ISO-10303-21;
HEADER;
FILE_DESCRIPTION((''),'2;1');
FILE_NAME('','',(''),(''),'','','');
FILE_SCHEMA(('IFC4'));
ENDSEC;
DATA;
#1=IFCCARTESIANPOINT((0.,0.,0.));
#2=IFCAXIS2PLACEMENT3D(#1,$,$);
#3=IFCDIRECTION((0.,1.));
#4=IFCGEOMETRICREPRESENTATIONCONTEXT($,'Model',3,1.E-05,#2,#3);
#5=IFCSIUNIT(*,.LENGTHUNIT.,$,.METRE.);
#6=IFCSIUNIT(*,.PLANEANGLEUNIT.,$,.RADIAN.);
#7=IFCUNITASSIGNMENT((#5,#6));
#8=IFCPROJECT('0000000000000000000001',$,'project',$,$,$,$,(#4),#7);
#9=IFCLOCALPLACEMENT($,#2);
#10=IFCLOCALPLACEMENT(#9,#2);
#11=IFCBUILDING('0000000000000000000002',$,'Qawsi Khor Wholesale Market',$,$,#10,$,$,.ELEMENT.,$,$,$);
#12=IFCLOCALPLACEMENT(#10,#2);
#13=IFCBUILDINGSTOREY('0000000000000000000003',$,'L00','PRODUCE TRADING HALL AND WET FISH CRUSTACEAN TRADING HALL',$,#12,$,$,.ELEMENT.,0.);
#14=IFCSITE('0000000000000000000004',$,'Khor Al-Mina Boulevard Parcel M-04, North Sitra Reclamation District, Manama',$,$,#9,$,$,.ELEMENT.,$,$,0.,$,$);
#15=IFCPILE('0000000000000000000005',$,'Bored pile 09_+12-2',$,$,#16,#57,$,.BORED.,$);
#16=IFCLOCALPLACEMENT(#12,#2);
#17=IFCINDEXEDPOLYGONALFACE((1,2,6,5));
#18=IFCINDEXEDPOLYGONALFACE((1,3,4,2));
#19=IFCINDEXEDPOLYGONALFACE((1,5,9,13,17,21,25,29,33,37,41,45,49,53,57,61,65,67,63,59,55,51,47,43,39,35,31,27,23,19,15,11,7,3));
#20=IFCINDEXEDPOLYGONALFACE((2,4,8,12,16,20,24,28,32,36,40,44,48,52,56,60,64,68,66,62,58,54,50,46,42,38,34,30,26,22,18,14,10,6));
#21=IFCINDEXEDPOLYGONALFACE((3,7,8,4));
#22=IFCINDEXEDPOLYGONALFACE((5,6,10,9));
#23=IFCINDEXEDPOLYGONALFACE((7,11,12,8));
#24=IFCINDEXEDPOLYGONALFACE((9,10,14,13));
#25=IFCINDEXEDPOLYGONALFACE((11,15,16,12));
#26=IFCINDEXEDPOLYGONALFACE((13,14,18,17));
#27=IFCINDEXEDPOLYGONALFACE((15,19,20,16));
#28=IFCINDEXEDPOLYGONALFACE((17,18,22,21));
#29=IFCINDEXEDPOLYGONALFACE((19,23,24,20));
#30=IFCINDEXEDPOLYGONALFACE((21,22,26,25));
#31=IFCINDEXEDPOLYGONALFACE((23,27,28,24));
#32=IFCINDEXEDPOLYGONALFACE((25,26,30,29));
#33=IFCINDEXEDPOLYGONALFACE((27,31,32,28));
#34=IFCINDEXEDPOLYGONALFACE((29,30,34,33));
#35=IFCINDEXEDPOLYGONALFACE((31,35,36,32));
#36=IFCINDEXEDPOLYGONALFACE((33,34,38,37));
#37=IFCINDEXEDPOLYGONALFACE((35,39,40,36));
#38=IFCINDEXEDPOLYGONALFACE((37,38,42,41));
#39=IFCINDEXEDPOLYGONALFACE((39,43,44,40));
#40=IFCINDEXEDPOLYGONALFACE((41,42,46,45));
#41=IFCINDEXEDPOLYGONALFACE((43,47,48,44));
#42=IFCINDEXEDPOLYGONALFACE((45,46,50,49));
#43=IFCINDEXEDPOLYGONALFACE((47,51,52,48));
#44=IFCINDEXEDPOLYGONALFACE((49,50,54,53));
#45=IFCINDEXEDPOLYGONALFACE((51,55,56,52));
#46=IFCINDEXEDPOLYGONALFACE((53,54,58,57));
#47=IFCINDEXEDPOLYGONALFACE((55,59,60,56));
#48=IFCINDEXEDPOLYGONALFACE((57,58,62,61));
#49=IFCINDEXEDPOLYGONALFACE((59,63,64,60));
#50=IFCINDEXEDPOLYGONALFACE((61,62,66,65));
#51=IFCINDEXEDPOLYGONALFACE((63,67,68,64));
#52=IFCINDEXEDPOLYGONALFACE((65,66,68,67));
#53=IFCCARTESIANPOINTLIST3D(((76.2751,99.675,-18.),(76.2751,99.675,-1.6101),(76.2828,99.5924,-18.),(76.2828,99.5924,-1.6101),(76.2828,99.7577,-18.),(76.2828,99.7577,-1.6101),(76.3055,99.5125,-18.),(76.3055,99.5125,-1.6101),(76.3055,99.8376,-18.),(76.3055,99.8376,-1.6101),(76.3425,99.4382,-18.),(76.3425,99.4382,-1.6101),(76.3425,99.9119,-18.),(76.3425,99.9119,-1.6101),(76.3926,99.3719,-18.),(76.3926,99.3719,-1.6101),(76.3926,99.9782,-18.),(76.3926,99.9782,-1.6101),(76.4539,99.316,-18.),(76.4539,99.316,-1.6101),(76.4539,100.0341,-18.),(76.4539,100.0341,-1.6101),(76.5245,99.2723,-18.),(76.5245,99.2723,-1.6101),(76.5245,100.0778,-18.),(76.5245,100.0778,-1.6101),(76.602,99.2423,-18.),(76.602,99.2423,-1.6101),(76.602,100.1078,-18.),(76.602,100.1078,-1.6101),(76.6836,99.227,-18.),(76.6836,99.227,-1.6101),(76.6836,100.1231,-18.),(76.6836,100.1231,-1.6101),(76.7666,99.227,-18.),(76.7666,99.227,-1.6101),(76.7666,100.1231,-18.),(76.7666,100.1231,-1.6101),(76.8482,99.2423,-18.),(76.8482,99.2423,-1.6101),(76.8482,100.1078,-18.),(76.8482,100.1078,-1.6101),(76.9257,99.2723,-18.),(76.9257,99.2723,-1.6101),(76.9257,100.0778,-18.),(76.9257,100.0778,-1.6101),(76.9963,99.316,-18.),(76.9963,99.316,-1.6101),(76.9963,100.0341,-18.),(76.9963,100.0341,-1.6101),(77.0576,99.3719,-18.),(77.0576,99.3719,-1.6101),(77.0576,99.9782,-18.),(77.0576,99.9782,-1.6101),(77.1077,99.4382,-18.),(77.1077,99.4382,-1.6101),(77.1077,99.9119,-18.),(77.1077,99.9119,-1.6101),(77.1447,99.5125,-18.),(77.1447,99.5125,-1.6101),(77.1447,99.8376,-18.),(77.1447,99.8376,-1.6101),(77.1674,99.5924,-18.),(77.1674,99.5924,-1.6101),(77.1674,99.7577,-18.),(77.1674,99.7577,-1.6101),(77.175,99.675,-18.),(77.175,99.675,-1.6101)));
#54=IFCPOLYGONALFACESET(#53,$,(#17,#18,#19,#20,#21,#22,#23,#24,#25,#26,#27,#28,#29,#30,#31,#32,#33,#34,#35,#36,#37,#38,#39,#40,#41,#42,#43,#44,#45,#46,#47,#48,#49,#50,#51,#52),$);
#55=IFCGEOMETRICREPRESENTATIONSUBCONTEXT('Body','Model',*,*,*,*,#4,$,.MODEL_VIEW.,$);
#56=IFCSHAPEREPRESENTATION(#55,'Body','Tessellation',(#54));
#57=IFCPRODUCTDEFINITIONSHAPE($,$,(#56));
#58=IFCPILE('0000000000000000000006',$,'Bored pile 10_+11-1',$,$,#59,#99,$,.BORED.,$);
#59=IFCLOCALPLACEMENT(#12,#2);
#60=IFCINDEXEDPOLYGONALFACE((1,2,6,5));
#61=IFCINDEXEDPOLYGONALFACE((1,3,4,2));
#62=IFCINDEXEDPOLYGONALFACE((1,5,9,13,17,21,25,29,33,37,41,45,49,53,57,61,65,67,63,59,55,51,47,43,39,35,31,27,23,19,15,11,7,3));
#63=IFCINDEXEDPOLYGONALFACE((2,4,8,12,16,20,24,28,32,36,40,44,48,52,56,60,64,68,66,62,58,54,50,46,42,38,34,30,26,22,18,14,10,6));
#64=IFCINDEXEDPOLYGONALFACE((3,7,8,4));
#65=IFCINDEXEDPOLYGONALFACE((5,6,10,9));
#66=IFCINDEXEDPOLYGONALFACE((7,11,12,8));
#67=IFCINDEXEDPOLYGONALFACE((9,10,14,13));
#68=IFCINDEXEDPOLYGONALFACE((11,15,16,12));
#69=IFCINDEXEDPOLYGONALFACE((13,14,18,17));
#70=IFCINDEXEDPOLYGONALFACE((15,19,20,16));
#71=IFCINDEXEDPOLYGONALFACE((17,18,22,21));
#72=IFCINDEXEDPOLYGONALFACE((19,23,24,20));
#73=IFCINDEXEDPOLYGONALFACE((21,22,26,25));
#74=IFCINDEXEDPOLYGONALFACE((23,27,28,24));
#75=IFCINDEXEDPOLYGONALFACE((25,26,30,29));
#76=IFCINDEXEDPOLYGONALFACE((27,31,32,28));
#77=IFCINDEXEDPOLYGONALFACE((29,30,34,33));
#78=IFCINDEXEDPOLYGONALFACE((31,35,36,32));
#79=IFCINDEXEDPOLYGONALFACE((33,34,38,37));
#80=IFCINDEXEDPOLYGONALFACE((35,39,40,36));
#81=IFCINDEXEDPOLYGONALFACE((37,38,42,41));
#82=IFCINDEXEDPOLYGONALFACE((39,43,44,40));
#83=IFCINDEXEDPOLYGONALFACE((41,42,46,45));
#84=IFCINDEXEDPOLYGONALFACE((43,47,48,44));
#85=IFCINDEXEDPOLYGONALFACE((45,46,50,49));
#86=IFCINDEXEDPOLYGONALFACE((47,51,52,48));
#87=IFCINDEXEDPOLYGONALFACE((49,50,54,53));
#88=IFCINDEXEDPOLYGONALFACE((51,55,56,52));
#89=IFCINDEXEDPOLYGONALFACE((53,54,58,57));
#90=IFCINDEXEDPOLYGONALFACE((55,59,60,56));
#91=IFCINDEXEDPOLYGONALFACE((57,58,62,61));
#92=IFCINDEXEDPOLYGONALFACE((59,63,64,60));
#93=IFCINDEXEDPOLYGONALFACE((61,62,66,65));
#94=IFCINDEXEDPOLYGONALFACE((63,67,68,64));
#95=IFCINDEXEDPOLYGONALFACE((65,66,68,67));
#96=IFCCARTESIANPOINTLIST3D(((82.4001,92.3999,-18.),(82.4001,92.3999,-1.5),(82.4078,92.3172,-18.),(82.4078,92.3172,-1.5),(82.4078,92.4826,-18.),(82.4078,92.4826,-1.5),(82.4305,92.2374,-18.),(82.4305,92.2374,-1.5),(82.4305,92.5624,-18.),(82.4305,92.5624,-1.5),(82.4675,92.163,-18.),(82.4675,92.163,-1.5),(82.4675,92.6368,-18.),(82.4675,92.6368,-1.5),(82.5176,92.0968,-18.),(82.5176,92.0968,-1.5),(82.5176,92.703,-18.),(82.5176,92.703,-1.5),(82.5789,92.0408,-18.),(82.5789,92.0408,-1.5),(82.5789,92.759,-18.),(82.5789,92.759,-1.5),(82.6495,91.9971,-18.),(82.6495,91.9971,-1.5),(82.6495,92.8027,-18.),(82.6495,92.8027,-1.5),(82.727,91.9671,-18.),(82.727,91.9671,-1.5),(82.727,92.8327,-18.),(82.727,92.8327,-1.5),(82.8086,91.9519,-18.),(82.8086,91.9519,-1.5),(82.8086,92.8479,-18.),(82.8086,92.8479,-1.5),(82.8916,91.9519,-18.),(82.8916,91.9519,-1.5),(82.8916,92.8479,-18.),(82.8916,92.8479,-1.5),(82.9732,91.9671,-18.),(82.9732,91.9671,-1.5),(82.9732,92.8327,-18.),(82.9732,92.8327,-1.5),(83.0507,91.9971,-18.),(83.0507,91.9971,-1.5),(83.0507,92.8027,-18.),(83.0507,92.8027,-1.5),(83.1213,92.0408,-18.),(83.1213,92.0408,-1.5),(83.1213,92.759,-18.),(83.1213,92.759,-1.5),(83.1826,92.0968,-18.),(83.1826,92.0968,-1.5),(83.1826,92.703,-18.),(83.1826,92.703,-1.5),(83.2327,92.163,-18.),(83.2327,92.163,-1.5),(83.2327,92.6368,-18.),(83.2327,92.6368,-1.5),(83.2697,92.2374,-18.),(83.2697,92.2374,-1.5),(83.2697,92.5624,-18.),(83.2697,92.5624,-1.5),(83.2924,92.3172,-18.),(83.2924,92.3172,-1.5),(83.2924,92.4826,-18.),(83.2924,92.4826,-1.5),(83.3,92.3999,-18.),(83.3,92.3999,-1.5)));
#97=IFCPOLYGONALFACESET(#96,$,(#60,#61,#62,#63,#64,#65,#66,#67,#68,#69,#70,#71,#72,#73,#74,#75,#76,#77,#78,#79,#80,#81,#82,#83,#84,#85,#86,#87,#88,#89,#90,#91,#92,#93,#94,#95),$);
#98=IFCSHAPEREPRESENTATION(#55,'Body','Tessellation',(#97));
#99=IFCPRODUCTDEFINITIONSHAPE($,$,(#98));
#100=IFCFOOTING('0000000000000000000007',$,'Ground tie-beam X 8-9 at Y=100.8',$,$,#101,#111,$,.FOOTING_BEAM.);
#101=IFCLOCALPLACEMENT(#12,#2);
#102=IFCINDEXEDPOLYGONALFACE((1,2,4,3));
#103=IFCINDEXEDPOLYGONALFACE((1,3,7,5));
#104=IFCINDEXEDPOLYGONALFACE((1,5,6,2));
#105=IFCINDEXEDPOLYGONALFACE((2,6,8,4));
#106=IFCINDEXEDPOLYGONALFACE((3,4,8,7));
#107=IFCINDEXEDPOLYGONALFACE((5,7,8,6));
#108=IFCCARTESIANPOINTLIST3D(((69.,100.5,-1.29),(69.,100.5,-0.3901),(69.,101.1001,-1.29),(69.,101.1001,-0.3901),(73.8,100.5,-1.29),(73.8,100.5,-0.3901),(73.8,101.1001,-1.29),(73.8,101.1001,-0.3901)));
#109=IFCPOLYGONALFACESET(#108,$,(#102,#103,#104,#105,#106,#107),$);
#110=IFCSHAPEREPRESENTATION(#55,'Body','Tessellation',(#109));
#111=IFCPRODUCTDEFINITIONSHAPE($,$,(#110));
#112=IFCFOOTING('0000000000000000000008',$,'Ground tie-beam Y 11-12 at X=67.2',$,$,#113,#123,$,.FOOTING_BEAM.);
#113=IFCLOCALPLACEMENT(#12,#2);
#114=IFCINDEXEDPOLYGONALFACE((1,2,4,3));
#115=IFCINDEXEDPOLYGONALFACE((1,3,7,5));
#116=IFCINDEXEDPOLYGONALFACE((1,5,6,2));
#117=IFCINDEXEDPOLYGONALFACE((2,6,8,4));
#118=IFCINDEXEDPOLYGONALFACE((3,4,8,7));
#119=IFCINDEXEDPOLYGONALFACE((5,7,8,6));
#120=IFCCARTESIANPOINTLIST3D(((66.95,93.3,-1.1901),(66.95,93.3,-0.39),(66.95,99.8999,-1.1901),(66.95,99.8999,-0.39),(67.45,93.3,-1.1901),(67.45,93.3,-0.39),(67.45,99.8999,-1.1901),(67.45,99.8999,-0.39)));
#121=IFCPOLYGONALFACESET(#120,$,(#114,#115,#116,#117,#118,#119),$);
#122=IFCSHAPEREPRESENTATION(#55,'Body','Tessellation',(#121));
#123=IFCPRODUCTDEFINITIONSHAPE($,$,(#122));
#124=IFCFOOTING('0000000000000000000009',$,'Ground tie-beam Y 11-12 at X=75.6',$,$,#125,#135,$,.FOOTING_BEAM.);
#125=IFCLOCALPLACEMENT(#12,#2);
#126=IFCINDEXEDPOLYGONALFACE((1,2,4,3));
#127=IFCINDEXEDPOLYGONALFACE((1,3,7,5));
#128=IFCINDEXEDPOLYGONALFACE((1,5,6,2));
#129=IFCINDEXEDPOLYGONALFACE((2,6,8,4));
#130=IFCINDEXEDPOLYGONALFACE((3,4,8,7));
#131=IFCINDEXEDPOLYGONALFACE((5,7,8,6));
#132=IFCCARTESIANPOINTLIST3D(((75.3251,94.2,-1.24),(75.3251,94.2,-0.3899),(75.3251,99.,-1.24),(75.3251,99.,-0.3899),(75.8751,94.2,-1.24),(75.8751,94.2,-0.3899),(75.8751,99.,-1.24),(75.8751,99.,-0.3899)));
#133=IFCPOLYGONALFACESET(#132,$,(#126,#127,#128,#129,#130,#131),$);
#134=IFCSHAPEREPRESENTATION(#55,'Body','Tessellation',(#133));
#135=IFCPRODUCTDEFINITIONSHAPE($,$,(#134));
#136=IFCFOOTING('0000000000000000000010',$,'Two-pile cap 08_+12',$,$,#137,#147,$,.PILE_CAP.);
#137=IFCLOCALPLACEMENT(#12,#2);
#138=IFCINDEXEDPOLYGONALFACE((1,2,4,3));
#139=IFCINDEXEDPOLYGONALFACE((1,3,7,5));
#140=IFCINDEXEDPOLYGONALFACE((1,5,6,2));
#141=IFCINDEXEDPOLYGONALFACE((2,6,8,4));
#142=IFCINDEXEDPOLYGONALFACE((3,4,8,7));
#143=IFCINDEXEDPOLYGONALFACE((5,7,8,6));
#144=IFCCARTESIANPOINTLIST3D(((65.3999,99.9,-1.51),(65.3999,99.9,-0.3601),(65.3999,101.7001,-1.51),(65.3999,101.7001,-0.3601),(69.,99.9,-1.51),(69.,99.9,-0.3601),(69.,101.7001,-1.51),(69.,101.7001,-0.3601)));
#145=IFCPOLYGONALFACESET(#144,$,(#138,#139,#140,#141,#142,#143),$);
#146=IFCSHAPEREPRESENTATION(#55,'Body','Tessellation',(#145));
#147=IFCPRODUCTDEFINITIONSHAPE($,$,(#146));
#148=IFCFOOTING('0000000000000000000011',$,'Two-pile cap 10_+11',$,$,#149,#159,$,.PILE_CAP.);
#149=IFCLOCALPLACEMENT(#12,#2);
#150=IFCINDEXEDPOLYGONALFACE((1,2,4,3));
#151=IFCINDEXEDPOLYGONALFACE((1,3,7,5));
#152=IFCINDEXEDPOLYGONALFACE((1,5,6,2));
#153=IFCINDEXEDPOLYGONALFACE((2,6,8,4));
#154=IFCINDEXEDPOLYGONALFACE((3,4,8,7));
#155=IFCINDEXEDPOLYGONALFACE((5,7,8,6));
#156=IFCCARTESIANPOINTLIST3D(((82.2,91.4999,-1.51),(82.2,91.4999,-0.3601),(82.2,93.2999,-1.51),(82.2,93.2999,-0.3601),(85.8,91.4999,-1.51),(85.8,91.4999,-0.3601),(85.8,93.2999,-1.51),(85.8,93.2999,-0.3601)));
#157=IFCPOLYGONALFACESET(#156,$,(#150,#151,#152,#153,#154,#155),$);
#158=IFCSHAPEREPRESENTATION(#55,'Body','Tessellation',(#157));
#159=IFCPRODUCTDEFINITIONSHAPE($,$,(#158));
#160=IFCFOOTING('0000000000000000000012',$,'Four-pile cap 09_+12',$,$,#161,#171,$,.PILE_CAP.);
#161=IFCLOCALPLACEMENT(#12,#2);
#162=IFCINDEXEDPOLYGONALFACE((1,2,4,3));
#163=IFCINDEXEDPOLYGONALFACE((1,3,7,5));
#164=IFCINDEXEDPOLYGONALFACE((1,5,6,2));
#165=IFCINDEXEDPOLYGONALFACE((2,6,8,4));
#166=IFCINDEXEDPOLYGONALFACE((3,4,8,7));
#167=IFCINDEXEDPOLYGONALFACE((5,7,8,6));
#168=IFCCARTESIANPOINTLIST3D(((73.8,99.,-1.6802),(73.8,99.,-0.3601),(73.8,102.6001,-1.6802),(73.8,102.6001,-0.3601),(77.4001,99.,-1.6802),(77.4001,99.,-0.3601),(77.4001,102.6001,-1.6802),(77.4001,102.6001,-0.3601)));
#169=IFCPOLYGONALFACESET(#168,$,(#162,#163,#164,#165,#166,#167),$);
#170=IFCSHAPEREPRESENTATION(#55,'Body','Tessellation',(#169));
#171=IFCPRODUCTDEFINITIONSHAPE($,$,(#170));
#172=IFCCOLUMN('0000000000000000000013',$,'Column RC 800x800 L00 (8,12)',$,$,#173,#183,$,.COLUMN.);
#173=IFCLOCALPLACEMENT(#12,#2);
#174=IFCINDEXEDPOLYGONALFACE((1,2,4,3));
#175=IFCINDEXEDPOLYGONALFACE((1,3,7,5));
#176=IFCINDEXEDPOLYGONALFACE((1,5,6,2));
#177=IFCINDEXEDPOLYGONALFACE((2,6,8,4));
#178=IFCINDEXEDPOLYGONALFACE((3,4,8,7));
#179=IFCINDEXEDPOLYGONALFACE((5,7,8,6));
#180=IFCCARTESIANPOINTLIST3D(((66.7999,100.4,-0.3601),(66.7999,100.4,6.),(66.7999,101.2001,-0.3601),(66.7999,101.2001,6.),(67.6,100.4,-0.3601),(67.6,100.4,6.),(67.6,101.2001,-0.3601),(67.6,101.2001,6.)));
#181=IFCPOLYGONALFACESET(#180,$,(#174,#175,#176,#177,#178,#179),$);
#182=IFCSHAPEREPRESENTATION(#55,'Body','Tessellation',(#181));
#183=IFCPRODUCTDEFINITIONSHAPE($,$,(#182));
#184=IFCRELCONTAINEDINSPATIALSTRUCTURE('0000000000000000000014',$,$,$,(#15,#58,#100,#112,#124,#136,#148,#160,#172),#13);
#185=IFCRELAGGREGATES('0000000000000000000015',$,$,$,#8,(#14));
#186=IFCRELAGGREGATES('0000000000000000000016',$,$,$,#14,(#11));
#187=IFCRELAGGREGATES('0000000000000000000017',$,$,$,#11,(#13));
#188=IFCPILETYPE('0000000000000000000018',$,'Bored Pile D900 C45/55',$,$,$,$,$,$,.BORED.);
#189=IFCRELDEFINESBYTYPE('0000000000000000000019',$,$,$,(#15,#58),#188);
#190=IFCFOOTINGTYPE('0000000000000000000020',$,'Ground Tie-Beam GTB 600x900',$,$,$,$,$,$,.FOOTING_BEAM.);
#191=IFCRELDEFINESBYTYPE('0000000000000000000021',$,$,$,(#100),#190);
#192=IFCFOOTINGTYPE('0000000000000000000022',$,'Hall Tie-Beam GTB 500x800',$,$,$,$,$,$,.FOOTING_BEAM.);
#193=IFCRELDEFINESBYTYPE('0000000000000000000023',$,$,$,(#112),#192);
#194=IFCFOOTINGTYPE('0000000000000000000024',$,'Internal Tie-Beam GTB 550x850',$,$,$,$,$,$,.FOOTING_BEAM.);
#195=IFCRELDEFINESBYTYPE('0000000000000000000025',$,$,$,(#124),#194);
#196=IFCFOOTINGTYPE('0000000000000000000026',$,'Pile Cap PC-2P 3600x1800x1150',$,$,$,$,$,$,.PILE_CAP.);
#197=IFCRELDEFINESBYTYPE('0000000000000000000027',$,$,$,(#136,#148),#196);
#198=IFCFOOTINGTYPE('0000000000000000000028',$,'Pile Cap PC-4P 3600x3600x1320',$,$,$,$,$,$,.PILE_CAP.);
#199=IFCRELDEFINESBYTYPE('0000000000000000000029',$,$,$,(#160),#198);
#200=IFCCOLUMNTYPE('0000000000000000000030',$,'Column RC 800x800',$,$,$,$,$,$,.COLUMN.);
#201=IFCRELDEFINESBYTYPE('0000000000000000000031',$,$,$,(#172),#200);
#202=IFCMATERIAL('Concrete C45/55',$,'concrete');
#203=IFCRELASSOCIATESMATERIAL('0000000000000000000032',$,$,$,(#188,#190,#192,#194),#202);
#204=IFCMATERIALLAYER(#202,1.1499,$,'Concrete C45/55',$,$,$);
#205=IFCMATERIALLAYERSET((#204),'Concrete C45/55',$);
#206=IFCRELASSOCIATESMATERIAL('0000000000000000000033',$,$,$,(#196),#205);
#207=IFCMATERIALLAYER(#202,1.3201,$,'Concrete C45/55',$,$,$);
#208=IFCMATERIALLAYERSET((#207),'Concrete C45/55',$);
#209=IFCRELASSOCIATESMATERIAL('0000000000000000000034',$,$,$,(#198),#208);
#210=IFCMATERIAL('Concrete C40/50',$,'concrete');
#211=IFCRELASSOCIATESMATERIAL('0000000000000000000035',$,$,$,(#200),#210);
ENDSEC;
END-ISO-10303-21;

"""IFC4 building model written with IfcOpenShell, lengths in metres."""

from ifc_helpers import new_model, si_unit, direction, frame, origin, origin_2d, place, context, subcontext, project, spatial, rectangle, circle, extrude, material, layer, layer_set, material_profile, profile_set, type_object, element, save


model = new_model("IFC4")

# Units and contexts
model_context = context("Model", 3, precision=1e-05, world=origin(), true_north=direction((0.0, 1.0)))
body_context = subcontext(model_context, "Body", "Model", "MODEL_VIEW")
ifc_project = project(units=[si_unit("LENGTHUNIT", "METRE"), si_unit("PLANEANGLEUNIT", "RADIAN")], contexts=[model_context])

# Site, building, storey
site_placement = place(None, origin())
site = spatial("IfcSite", under=ifc_project, at=site_placement, Name="Khor Al-Mina Boulevard Parcel M-04, North Sitra Reclamation District, Manama", CompositionType="ELEMENT", RefElevation=0.0)
building_placement = place(site_placement, origin())
building = spatial("IfcBuilding", under=site, at=building_placement, Name="Qawsi Khor Wholesale Market", CompositionType="ELEMENT")
storey_placement = place(building_placement, origin())
storey = spatial("IfcBuildingStorey", under=building, at=storey_placement, Name="L00", Description="PRODUCE TRADING HALL AND WET FISH CRUSTACEAN TRADING HALL", CompositionType="ELEMENT", Elevation=0.0)

# Piles
ifc_material_1 = material(Name="Concrete C45/55", Category="concrete")
ifc_material_profile_1 = material_profile(ifc_material_1, circle(Radius=0.45, at=origin_2d()), Name="PILE D900")
ifc_profile_set_1 = profile_set([ifc_material_profile_1], Name="Concrete C45/55")
pile_type = type_object("IfcPileType", Name="Bored Pile D900 C45/55", PredefinedType="BORED", material=ifc_profile_set_1)
for number, where, z_axis, x_axis, name in (
    (1, (76.7251, 99.675, -1.6101), (0.0, 0.0, -1.0), (1.0, 0.0, 0.0), "Bored pile 09_+12-2"),
):
    element("IfcPile", number, at=place(storey_placement, frame(where, z_axis=z_axis, x_axis=x_axis)), inside=storey, type_object=pile_type, Name=name, PredefinedType="BORED", context=body_context, shape_type="SweptSolid", body=[
        extrude(circle(Radius=0.45, at=origin_2d()), origin(), (0.0, 0.0, 1.0), 16.3899),
    ])
pile_1_placement = place(storey_placement, frame((82.8501, 92.3999, -1.5), z_axis=(0.0, 0.0, -1.0), x_axis=(1.0, 0.0, 0.0)))
element("IfcPile", 2, at=pile_1_placement, inside=storey, type_object=pile_type, Name="Bored pile 10_+11-1", PredefinedType="BORED", context=body_context, shape_type="SweptSolid", body=[
    extrude(circle(Radius=0.45, at=origin_2d()), origin(), (0.0, 0.0, 1.0), 16.5),
])

# Footings
ifc_material_profile_2 = material_profile(ifc_material_1, rectangle(XDim=0.6001, YDim=0.8999, at=origin_2d()), Name="RC 600x900")
ifc_profile_set_2 = profile_set([ifc_material_profile_2], Name="Concrete C45/55")
footing_type_1 = type_object("IfcFootingType", Name="Ground Tie-Beam GTB 600x900", PredefinedType="FOOTING_BEAM", material=ifc_profile_set_2)
footing_1_placement = place(storey_placement, frame((69.0, 100.8, -0.8401), z_axis=(1.0, 0.0, 0.0), x_axis=(0.0, 1.0, 0.0)))
element("IfcFooting", 3, at=footing_1_placement, inside=storey, type_object=footing_type_1, Name="Ground tie-beam X 8-9 at Y=100.8", PredefinedType="FOOTING_BEAM", context=body_context, shape_type="SweptSolid", body=[
    extrude(rectangle(XDim=0.6001, YDim=0.8999, at=origin_2d()), origin(), (0.0, 0.0, 1.0), 4.8),
])
ifc_material_profile_3 = material_profile(ifc_material_1, rectangle(XDim=0.5, YDim=0.8, at=origin_2d()), Name="RC 500x800")
ifc_profile_set_3 = profile_set([ifc_material_profile_3], Name="Concrete C45/55")
footing_type_2 = type_object("IfcFootingType", Name="Hall Tie-Beam GTB 500x800", PredefinedType="FOOTING_BEAM", material=ifc_profile_set_3)
footing_2_placement = place(storey_placement, frame((67.2, 93.3, -0.79), z_axis=(0.0, 1.0, 0.0), x_axis=(-1.0, 0.0, 0.0)))
element("IfcFooting", 4, at=footing_2_placement, inside=storey, type_object=footing_type_2, Name="Ground tie-beam Y 11-12 at X=67.2", PredefinedType="FOOTING_BEAM", context=body_context, shape_type="SweptSolid", body=[
    extrude(rectangle(XDim=0.5, YDim=0.8, at=origin_2d()), origin(), (0.0, 0.0, 1.0), 6.5999),
])
ifc_material_profile_4 = material_profile(ifc_material_1, rectangle(XDim=0.55, YDim=0.8501, at=origin_2d()), Name="RC 550x850")
ifc_profile_set_4 = profile_set([ifc_material_profile_4], Name="Concrete C45/55")
footing_type_3 = type_object("IfcFootingType", Name="Internal Tie-Beam GTB 550x850", PredefinedType="FOOTING_BEAM", material=ifc_profile_set_4)
footing_3_placement = place(storey_placement, frame((75.6001, 94.2, -0.8149), z_axis=(0.0, 1.0, 0.0), x_axis=(-1.0, 0.0, 0.0)))
element("IfcFooting", 5, at=footing_3_placement, inside=storey, type_object=footing_type_3, Name="Ground tie-beam Y 11-12 at X=75.6", PredefinedType="FOOTING_BEAM", context=body_context, shape_type="SweptSolid", body=[
    extrude(rectangle(XDim=0.55, YDim=0.8501, at=origin_2d()), origin(), (0.0, 0.0, 1.0), 4.8),
])
ifc_layer_1 = layer(ifc_material_1, 1.1499, Name="Concrete C45/55")
ifc_layer_set_1 = layer_set([ifc_layer_1], Name="Concrete C45/55")
footing_type_4 = type_object("IfcFootingType", Name="Pile Cap PC-2P 3600x1800x1150", PredefinedType="PILE_CAP", material=ifc_layer_set_1)
for number, where, z_axis, x_axis, name in (
    (6, (67.2, 100.8, -1.51), (0.0, 0.0, 1.0), (1.0, 0.0, 0.0), "Two-pile cap 08_+12"),
    (7, (84.0, 92.3999, -1.51), (0.0, 0.0, 1.0), (1.0, 0.0, 0.0), "Two-pile cap 10_+11"),
):
    element("IfcFooting", number, at=place(storey_placement, frame(where, z_axis=z_axis, x_axis=x_axis)), inside=storey, type_object=footing_type_4, Name=name, PredefinedType="PILE_CAP", context=body_context, shape_type="SweptSolid", body=[
        extrude(rectangle(XDim=3.6001, YDim=1.8, at=origin_2d()), origin(), (0.0, 0.0, 1.0), 1.1499),
    ])
ifc_layer_2 = layer(ifc_material_1, 1.3201, Name="Concrete C45/55")
ifc_layer_set_2 = layer_set([ifc_layer_2], Name="Concrete C45/55")
footing_type_5 = type_object("IfcFootingType", Name="Pile Cap PC-4P 3600x3600x1320", PredefinedType="PILE_CAP", material=ifc_layer_set_2)
footing_4_placement = place(storey_placement, frame((75.6001, 100.8, -1.6802), z_axis=(0.0, 0.0, 1.0), x_axis=(1.0, 0.0, 0.0)))
element("IfcFooting", 8, at=footing_4_placement, inside=storey, type_object=footing_type_5, Name="Four-pile cap 09_+12", PredefinedType="PILE_CAP", context=body_context, shape_type="SweptSolid", body=[
    extrude(rectangle(XDim=3.6001, YDim=3.6001, at=origin_2d()), origin(), (0.0, 0.0, 1.0), 1.3201),
])

# Column
ifc_material_2 = material(Name="Concrete C40/50", Category="concrete")
ifc_material_profile_5 = material_profile(ifc_material_2, rectangle(XDim=0.8, YDim=0.8, at=origin_2d()), Name="RC 800x800")
ifc_profile_set_5 = profile_set([ifc_material_profile_5], Name="Concrete C40/50")
column_type_1 = type_object("IfcColumnType", Name="Column RC 800x800", PredefinedType="COLUMN", material=ifc_profile_set_5)
column_1_placement = place(storey_placement, frame((67.2, 100.8, -0.3601), z_axis=(0.0, 0.0, 1.0), x_axis=(1.0, 0.0, 0.0)))
element("IfcColumn", 9, at=column_1_placement, inside=storey, type_object=column_type_1, Name="Column RC 800x800 L00 (8,12)", PredefinedType="COLUMN", context=body_context, shape_type="SweptSolid", body=[
    extrude(rectangle(XDim=0.8, YDim=0.8, at=origin_2d()), origin(), (0.0, 0.0, 1.0), 6.3601),
])

save(model, "model.ifc")
